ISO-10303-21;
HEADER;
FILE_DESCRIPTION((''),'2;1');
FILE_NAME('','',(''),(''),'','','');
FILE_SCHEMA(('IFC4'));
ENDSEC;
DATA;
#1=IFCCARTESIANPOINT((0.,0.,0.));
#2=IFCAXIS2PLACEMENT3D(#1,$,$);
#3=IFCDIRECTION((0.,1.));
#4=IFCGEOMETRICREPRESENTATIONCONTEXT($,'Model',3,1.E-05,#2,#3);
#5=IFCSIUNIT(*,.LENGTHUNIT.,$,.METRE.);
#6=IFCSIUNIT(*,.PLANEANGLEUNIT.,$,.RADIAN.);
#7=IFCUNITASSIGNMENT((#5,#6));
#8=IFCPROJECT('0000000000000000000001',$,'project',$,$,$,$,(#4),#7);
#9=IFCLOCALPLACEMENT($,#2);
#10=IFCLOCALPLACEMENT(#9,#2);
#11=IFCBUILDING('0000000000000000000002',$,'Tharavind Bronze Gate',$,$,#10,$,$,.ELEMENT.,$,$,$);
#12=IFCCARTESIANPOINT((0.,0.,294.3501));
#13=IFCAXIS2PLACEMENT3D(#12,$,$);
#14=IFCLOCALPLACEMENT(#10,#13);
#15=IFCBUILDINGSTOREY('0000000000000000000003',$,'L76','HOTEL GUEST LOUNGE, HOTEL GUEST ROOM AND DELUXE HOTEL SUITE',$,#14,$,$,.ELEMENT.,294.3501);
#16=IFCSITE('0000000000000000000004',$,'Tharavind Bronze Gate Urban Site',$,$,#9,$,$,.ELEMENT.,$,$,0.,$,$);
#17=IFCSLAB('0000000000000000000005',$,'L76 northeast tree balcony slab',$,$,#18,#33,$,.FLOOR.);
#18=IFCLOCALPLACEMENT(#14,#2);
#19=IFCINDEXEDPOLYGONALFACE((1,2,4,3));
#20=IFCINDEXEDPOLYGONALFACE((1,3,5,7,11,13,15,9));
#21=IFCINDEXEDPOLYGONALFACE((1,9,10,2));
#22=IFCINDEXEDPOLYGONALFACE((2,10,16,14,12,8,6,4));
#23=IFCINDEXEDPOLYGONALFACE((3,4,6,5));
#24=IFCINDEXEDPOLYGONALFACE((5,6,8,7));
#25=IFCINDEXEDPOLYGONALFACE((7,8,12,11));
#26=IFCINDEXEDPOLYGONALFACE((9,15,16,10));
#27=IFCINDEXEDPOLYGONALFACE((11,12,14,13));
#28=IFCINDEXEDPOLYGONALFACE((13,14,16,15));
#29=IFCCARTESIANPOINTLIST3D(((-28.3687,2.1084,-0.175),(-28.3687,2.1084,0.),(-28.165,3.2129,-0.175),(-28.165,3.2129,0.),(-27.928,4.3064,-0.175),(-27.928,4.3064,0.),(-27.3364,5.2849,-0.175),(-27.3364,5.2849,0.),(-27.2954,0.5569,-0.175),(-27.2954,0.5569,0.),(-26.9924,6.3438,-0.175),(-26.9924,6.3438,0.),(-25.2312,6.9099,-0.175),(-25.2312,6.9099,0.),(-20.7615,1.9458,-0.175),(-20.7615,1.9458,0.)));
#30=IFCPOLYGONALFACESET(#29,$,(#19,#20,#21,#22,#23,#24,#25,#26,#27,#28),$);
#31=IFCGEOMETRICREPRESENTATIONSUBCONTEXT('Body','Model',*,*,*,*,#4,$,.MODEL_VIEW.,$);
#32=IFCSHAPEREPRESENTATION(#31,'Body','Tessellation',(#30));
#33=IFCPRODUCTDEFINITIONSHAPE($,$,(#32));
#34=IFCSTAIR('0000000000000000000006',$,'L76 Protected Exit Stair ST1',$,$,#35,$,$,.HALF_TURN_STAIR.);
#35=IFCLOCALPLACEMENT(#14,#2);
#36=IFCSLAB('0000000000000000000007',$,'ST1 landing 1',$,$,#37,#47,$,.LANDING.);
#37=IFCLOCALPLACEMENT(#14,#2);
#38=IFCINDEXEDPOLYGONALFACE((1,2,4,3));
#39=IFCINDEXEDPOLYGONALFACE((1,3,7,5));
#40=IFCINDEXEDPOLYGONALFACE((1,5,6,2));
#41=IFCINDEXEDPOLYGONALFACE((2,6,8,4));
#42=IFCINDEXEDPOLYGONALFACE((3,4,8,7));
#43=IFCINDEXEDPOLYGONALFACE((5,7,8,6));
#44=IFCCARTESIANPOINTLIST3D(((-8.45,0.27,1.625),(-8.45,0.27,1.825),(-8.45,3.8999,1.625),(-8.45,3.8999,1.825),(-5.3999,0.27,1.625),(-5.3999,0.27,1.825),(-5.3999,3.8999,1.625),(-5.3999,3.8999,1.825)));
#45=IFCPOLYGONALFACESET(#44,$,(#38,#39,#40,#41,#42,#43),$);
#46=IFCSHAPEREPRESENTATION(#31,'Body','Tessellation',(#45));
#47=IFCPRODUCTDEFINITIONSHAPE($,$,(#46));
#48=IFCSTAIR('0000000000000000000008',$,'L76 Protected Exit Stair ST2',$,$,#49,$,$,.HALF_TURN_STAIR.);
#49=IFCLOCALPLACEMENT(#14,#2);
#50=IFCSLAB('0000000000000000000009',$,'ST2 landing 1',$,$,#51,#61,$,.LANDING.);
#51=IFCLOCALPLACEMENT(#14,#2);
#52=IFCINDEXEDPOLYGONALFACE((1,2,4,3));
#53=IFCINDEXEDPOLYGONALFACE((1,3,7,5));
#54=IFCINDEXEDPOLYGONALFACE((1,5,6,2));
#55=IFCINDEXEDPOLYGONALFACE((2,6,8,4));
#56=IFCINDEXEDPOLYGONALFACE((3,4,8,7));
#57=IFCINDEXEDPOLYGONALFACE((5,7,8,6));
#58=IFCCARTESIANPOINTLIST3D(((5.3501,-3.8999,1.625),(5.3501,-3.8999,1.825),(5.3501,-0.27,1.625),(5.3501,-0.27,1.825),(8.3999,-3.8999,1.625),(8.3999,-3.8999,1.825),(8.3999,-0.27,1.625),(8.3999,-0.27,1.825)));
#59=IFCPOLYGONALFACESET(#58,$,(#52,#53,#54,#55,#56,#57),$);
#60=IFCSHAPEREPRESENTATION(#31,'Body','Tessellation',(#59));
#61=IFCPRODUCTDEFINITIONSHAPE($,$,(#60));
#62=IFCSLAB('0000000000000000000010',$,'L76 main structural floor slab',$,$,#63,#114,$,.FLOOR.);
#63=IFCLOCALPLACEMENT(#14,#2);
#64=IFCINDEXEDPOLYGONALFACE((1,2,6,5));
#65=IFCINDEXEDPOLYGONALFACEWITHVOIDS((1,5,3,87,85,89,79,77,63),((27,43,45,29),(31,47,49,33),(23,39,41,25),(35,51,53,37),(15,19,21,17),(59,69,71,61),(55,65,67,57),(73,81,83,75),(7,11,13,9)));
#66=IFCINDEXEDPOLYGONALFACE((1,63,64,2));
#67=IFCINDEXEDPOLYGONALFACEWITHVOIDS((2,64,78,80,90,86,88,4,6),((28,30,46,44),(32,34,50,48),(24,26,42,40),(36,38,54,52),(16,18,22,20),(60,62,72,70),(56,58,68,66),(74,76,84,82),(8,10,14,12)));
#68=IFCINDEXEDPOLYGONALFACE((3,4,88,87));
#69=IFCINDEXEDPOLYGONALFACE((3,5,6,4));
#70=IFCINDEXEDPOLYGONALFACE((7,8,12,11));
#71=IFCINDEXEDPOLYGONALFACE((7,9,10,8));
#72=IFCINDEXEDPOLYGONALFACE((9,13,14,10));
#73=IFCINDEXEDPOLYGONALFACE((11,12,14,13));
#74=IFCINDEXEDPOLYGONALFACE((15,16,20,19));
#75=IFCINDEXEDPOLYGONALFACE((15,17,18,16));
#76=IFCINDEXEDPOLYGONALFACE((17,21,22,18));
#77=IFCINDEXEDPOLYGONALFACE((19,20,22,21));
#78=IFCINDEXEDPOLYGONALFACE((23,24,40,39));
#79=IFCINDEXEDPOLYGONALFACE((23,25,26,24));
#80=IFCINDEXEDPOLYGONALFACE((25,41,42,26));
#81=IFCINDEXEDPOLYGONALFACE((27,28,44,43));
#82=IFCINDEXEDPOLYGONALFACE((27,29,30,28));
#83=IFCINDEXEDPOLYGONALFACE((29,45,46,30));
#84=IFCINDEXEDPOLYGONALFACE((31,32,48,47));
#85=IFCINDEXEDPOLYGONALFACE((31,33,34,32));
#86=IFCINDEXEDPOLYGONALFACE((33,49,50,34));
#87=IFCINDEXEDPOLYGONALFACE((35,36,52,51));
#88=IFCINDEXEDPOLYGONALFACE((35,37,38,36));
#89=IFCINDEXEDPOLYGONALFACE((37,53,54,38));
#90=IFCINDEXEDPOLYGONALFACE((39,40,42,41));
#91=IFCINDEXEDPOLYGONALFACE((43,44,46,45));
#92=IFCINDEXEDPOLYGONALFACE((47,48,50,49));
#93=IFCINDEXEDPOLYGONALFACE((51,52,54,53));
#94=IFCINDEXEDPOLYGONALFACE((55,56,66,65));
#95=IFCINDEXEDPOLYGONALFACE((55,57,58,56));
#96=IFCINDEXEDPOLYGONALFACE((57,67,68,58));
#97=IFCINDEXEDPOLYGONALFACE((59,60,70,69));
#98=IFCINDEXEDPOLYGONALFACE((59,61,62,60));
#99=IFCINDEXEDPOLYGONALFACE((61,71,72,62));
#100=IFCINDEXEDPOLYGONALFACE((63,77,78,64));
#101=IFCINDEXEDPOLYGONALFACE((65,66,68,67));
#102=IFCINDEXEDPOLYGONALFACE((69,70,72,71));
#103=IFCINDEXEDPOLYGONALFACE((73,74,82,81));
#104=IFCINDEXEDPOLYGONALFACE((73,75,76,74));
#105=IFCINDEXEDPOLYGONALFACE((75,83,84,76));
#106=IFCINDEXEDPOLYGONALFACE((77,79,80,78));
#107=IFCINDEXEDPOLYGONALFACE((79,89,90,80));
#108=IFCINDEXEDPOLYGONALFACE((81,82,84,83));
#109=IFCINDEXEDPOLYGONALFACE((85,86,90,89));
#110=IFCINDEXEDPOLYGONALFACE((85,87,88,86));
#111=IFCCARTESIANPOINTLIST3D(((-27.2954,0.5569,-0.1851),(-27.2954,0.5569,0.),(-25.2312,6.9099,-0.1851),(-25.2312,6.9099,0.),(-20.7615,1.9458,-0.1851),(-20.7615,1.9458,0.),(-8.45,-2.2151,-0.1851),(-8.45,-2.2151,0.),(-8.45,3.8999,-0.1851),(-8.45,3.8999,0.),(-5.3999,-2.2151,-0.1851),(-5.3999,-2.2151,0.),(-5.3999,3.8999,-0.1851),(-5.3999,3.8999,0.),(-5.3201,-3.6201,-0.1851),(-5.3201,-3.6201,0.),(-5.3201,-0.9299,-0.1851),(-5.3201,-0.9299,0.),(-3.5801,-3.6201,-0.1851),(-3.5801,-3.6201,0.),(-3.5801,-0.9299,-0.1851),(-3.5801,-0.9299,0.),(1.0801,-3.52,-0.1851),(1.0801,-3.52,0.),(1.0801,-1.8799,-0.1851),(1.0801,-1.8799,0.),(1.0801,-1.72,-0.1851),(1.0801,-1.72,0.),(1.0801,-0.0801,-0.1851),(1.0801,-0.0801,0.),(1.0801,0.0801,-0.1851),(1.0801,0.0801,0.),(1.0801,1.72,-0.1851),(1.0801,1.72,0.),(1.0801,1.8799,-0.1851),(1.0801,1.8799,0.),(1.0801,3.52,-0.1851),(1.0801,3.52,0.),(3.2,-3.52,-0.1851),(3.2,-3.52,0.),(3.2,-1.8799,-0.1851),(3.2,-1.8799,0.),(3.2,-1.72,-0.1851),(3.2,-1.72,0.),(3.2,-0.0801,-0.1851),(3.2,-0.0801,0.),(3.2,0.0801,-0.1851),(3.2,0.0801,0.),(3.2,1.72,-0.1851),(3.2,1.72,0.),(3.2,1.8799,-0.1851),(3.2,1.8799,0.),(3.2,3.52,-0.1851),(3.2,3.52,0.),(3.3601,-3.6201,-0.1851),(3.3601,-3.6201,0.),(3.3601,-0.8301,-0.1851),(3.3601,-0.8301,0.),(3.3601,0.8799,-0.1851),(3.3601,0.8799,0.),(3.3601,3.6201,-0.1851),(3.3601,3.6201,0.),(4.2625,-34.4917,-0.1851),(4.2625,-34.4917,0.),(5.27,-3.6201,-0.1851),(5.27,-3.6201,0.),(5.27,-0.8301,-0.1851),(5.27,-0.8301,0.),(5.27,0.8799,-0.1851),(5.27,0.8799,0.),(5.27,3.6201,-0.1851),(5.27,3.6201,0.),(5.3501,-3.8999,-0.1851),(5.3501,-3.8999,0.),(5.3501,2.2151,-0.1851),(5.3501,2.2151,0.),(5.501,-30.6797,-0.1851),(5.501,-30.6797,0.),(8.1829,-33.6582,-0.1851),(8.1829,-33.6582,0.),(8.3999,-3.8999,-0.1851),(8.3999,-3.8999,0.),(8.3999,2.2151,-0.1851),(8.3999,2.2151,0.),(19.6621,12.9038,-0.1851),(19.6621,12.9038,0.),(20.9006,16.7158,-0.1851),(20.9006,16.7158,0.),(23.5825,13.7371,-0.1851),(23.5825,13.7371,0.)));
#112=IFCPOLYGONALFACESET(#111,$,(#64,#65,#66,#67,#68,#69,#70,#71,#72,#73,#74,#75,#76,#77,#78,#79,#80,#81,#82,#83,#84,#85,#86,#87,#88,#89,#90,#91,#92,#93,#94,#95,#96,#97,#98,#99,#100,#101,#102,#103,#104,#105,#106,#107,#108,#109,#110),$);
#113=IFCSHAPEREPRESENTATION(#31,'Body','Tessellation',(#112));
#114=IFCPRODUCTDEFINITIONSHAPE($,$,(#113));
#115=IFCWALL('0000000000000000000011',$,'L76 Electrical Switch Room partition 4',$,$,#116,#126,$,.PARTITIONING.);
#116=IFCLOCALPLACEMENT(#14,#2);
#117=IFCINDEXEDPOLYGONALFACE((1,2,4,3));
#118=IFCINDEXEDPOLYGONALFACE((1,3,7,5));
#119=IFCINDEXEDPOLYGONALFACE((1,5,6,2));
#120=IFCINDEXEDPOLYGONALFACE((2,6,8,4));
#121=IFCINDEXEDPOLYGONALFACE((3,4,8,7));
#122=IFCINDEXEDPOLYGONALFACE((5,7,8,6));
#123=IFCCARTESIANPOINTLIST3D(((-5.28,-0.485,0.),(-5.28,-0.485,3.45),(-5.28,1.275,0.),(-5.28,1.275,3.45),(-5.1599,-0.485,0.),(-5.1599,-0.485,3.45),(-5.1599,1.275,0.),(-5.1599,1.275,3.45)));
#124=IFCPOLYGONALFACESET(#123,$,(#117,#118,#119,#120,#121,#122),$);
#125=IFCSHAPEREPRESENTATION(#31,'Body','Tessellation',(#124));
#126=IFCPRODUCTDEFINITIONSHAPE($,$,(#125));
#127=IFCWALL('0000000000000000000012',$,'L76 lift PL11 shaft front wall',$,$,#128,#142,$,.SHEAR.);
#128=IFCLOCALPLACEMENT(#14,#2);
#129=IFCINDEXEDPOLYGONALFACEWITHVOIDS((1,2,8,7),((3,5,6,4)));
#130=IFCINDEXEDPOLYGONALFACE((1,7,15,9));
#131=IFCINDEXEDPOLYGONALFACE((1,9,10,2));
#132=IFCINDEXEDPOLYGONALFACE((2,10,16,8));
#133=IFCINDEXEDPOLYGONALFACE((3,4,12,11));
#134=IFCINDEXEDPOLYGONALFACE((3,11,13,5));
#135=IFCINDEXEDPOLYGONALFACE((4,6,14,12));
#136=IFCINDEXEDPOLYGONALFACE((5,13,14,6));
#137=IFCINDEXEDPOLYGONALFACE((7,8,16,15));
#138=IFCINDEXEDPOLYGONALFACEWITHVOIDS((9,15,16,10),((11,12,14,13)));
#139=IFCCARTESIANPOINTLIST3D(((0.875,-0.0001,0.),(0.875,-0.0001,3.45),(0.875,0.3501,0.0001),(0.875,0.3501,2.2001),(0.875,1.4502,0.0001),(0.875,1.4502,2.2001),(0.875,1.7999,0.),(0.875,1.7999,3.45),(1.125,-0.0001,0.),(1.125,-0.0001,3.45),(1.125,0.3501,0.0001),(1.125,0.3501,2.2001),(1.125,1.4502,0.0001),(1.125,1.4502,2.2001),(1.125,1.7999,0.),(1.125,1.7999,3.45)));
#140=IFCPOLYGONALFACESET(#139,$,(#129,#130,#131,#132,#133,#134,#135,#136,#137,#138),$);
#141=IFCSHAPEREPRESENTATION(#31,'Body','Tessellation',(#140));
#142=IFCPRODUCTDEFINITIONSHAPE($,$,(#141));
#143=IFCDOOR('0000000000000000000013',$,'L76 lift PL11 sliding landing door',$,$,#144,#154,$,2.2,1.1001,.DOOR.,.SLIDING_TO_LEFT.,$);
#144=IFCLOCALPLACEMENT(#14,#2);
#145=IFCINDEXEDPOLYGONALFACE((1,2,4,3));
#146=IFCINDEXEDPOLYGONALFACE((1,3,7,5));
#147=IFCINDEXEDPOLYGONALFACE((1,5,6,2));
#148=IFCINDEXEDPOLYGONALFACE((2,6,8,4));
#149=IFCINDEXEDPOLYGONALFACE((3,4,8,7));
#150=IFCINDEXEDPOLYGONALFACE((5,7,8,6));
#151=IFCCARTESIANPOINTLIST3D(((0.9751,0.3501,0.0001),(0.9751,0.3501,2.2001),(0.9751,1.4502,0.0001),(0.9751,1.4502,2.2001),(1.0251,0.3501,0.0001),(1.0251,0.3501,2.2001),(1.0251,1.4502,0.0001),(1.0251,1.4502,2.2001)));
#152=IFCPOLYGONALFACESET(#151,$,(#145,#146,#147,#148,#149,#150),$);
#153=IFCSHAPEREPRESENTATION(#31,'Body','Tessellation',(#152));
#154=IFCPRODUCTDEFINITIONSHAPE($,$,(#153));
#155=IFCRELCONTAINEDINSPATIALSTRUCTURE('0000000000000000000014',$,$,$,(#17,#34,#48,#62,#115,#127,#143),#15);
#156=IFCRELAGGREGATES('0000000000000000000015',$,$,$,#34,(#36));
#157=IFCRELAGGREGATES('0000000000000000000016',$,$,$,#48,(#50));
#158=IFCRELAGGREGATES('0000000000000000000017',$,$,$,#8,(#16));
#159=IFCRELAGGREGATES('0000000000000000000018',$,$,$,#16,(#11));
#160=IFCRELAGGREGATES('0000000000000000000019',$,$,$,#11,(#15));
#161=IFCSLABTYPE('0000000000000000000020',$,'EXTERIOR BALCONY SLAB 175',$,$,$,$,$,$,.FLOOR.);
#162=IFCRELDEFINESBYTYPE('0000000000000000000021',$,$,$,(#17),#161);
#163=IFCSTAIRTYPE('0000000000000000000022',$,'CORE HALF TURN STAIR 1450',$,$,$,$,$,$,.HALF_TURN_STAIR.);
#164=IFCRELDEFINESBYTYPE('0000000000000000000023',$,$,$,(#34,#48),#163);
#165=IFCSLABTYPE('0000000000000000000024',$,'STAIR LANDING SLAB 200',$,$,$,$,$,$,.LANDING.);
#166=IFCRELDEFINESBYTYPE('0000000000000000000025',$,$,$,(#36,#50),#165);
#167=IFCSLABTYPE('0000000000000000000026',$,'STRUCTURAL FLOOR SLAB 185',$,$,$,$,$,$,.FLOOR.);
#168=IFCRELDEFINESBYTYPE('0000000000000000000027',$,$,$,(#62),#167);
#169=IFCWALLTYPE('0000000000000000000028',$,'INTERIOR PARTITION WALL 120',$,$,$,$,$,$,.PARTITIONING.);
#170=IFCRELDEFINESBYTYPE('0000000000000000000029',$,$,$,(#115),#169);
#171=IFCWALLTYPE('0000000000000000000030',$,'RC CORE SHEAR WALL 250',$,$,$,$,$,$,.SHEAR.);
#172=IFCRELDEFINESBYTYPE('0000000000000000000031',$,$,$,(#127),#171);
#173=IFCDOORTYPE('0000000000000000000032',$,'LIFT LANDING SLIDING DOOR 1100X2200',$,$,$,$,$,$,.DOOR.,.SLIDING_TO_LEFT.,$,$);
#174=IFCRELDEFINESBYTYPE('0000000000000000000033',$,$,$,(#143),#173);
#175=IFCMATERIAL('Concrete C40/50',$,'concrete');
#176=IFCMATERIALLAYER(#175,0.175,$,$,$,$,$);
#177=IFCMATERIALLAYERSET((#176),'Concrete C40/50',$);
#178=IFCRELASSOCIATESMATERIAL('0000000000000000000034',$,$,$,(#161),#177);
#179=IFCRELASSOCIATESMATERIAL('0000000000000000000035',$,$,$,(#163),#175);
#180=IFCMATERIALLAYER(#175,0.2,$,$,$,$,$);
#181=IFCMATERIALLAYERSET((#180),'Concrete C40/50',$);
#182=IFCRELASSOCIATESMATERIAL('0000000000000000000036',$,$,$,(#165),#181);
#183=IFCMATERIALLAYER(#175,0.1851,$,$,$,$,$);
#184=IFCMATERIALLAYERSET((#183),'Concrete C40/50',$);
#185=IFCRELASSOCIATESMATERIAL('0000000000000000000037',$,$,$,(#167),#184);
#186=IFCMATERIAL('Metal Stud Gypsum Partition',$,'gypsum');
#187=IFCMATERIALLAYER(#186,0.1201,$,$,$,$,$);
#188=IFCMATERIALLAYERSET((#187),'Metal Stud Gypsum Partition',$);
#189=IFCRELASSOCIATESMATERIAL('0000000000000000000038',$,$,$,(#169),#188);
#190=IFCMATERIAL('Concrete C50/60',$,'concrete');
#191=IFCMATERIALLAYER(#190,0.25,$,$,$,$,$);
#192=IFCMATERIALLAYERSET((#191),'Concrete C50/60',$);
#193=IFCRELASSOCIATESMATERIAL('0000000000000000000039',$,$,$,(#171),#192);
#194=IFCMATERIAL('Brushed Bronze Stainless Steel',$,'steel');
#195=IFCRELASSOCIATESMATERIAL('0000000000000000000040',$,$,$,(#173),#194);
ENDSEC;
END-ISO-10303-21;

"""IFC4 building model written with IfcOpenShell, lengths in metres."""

from ifc_helpers import new_model, si_unit, direction, frame, frame_2d, origin, place, context, subcontext, project, spatial, polyline, rectangle, outline, extrude, material, layer, layer_set, type_object, element, fill, aggregate, save


model = new_model("IFC4")

# Units and contexts
model_context = context("Model", 3, precision=1e-05, world=origin(), true_north=direction((0.0, 1.0)))
body_context = subcontext(model_context, "Body", "Model", "MODEL_VIEW")
ifc_project = project(units=[si_unit("LENGTHUNIT", "METRE"), si_unit("PLANEANGLEUNIT", "RADIAN")], contexts=[model_context])

# Site, building, storey
site_placement = place(None, origin())
site = spatial("IfcSite", under=ifc_project, at=site_placement, Name="Tharavind Bronze Gate Urban Site", CompositionType="ELEMENT", RefElevation=0.0)
building_placement = place(site_placement, origin())
building = spatial("IfcBuilding", under=site, at=building_placement, Name="Tharavind Bronze Gate", CompositionType="ELEMENT")
storey_placement = place(building_placement, frame((0.0, 0.0, 294.3501)))
storey = spatial("IfcBuildingStorey", under=building, at=storey_placement, Name="L76", Description="HOTEL GUEST LOUNGE, HOTEL GUEST ROOM AND DELUXE HOTEL SUITE", CompositionType="ELEMENT", Elevation=294.3501)

# Slab
ifc_material_1 = material(Name="Concrete C40/50", Category="concrete")
ifc_layer_1 = layer(ifc_material_1, 0.175)
ifc_layer_set_1 = layer_set([ifc_layer_1], Name="Concrete C40/50")
slab_type_1 = type_object("IfcSlabType", Name="EXTERIOR BALCONY SLAB 175", PredefinedType="FLOOR", material=ifc_layer_set_1)
slab_1_placement = place(storey_placement, frame((0.0, 0.0, -0.175)))
element("IfcSlab", 1, at=slab_1_placement, inside=storey, type_object=slab_type_1, Name="L76 northeast tree balcony slab", PredefinedType="FLOOR", context=body_context, shape_type="SweptSolid", body=[
    extrude(outline(polyline([(-26.9924, 6.3438), (-27.3364, 5.2849), (-27.928, 4.3064), (-28.165, 3.2129), (-28.3687, 2.1084), (-27.2954, 0.5569), (-20.7615, 1.9458), (-25.2312, 6.9099), (-26.9924, 6.3438)])), origin(), (0.0, 0.0, 1.0), 0.175),
])

# Stairs, slabs
stair_type = type_object("IfcStairType", Name="CORE HALF TURN STAIR 1450", PredefinedType="HALF_TURN_STAIR", material=ifc_material_1)
stair_1_placement = place(storey_placement, origin())
stair_1 = element("IfcStair", 2, at=stair_1_placement, inside=storey, type_object=stair_type, Name="L76 Protected Exit Stair ST1", PredefinedType="HALF_TURN_STAIR")
ifc_layer_2 = layer(ifc_material_1, 0.2)
ifc_layer_set_2 = layer_set([ifc_layer_2], Name="Concrete C40/50")
slab_type_2 = type_object("IfcSlabType", Name="STAIR LANDING SLAB 200", PredefinedType="LANDING", material=ifc_layer_set_2)
slab_2_placement = place(storey_placement, frame((0.0, 0.0, 1.625)))
slab_2 = element("IfcSlab", 3, at=slab_2_placement, type_object=slab_type_2, Name="ST1 landing 1", PredefinedType="LANDING", context=body_context, shape_type="SweptSolid", body=[
    extrude(outline(polyline([(-5.3999, 0.27), (-5.3999, 3.8999), (-8.45, 3.8999), (-8.45, 0.27), (-5.3999, 0.27)])), origin(), (0.0, 0.0, 1.0), 0.2),
])
aggregate(stair_1, [slab_2])
stair_2_placement = place(storey_placement, origin())
stair_2 = element("IfcStair", 4, at=stair_2_placement, inside=storey, type_object=stair_type, Name="L76 Protected Exit Stair ST2", PredefinedType="HALF_TURN_STAIR")
slab_3_placement = place(storey_placement, frame((0.0, 0.0, 1.625)))
slab_3 = element("IfcSlab", 5, at=slab_3_placement, type_object=slab_type_2, Name="ST2 landing 1", PredefinedType="LANDING", context=body_context, shape_type="SweptSolid", body=[
    extrude(outline(polyline([(5.3501, -0.27), (5.3501, -3.8999), (8.3999, -3.8999), (8.3999, -0.27), (5.3501, -0.27)])), origin(), (0.0, 0.0, 1.0), 0.2),
])
aggregate(stair_2, [slab_3])

# Slab
ifc_layer_3 = layer(ifc_material_1, 0.1851)
ifc_layer_set_3 = layer_set([ifc_layer_3], Name="Concrete C40/50")
slab_type_3 = type_object("IfcSlabType", Name="STRUCTURAL FLOOR SLAB 185", PredefinedType="FLOOR", material=ifc_layer_set_3)
slab_4_placement = place(storey_placement, frame((0.0, 0.0, -0.1851)))
element("IfcSlab", 6, at=slab_4_placement, inside=storey, type_object=slab_type_3, Name="L76 main structural floor slab", PredefinedType="FLOOR", context=body_context, shape_type="SweptSolid", body=[
    extrude(outline(polyline([(-25.2312, 6.9099), (-20.7615, 1.9458), (-27.2954, 0.5569), (4.2625, -34.4917), (5.501, -30.6797), (8.1829, -33.6582), (23.5825, 13.7371), (19.6621, 12.9038), (20.9006, 16.7158), (-25.2312, 6.9099)]), holes=[polyline([(-5.3999, -2.2151), (-5.3999, 3.8999), (-8.45, 3.8999), (-8.45, -2.2151), (-5.3999, -2.2151)]), polyline([(5.3501, 2.2151), (5.3501, -3.8999), (8.3999, -3.8999), (8.3999, 2.2151), (5.3501, 2.2151)]), polyline([(1.0801, -3.52), (3.2, -3.52), (3.2, -1.8799), (1.0801, -1.8799), (1.0801, -3.52)]), polyline([(1.0801, -1.72), (3.2, -1.72), (3.2, -0.0801), (1.0801, -0.0801), (1.0801, -1.72)]), polyline([(1.0801, 0.0801), (3.2, 0.0801), (3.2, 1.72), (1.0801, 1.72), (1.0801, 0.0801)]), polyline([(1.0801, 1.8799), (3.2, 1.8799), (3.2, 3.52), (1.0801, 3.52), (1.0801, 1.8799)]), polyline([(-5.3201, -3.6201), (-3.5801, -3.6201), (-3.5801, -0.9299), (-5.3201, -0.9299), (-5.3201, -3.6201)]), polyline([(3.3601, 0.8799), (5.27, 0.8799), (5.27, 3.6201), (3.3601, 3.6201), (3.3601, 0.8799)]), polyline([(3.3601, -3.6201), (5.27, -3.6201), (5.27, -0.8301), (3.3601, -0.8301), (3.3601, -3.6201)])]), origin(), (0.0, 0.0, 1.0), 0.1851),
])

# Wall
ifc_material_2 = material(Name="Metal Stud Gypsum Partition", Category="gypsum")
ifc_layer_4 = layer(ifc_material_2, 0.1201)
ifc_layer_set_4 = layer_set([ifc_layer_4], Name="Metal Stud Gypsum Partition")
wall_type_1 = type_object("IfcWallType", Name="INTERIOR PARTITION WALL 120", PredefinedType="PARTITIONING", material=ifc_layer_set_4)
wall_1_placement = place(storey_placement, frame((-5.22, 1.2749, 0.0), z_axis=(0.0, 0.0, 1.0), x_axis=(0.0, -1.0, 0.0)))
element("IfcWall", 7, at=wall_1_placement, inside=storey, type_object=wall_type_1, Name="L76 Electrical Switch Room partition 4", PredefinedType="PARTITIONING", context=body_context, shape_type="SweptSolid", body=[
    extrude(rectangle(XDim=1.76, YDim=0.1201, at=frame_2d((0.8799, 0.0))), origin(), (0.0, 0.0, 1.0), 3.45),
])

# Wall, opening, door
ifc_material_3 = material(Name="Concrete C50/60", Category="concrete")
ifc_layer_5 = layer(ifc_material_3, 0.25)
ifc_layer_set_5 = layer_set([ifc_layer_5], Name="Concrete C50/60")
wall_type_2 = type_object("IfcWallType", Name="RC CORE SHEAR WALL 250", PredefinedType="SHEAR", material=ifc_layer_set_5)
wall_2_placement = place(storey_placement, frame((1.0, 0.0, 0.0), z_axis=(0.0, 0.0, 1.0), x_axis=(0.0, 1.0, 0.0)))
wall_2 = element("IfcWall", 8, at=wall_2_placement, inside=storey, type_object=wall_type_2, Name="L76 lift PL11 shaft front wall", PredefinedType="SHEAR", context=body_context, shape_type="SweptSolid", body=[
    extrude(rectangle(XDim=1.8, YDim=0.25, at=frame_2d((0.8999, 0.0))), origin(), (0.0, 0.0, 1.0), 3.45),
])
opening_placement = place(wall_2_placement, frame((0.3501, 0.0, 0.0)))
opening = element("IfcOpeningElement", 9, at=opening_placement, cuts=wall_2, PredefinedType="OPENING", context=body_context, shape_type="SweptSolid", body=[
    extrude(rectangle(XDim=1.1001, YDim=2.2, at=frame_2d((0.55, 1.1001))), frame((0.0, 0.135, 0.0), z_axis=(0.0, -1.0, 0.0), x_axis=(1.0, 0.0, 0.0)), (0.0, 0.0, 1.0), 0.27),
])
ifc_material_4 = material(Name="Brushed Bronze Stainless Steel", Category="steel")
door_type = type_object("IfcDoorType", Name="LIFT LANDING SLIDING DOOR 1100X2200", OperationType="SLIDING_TO_LEFT", PredefinedType="DOOR", material=ifc_material_4)
door_placement = place(opening_placement, origin())
door = element("IfcDoor", 10, at=door_placement, inside=storey, type_object=door_type, Name="L76 lift PL11 sliding landing door", OperationType="SLIDING_TO_LEFT", OverallHeight=2.2, OverallWidth=1.1001, PredefinedType="DOOR", context=body_context, shape_type="SweptSolid", body=[
    extrude(rectangle(XDim=1.1001, YDim=2.2, at=frame_2d((0.55, 1.1001))), frame((0.0, 0.0249, 0.0), z_axis=(0.0, -1.0, 0.0), x_axis=(1.0, 0.0, 0.0)), (0.0, 0.0, 1.0), 0.05),
])
fill(opening, door)

save(model, "model.ifc")
